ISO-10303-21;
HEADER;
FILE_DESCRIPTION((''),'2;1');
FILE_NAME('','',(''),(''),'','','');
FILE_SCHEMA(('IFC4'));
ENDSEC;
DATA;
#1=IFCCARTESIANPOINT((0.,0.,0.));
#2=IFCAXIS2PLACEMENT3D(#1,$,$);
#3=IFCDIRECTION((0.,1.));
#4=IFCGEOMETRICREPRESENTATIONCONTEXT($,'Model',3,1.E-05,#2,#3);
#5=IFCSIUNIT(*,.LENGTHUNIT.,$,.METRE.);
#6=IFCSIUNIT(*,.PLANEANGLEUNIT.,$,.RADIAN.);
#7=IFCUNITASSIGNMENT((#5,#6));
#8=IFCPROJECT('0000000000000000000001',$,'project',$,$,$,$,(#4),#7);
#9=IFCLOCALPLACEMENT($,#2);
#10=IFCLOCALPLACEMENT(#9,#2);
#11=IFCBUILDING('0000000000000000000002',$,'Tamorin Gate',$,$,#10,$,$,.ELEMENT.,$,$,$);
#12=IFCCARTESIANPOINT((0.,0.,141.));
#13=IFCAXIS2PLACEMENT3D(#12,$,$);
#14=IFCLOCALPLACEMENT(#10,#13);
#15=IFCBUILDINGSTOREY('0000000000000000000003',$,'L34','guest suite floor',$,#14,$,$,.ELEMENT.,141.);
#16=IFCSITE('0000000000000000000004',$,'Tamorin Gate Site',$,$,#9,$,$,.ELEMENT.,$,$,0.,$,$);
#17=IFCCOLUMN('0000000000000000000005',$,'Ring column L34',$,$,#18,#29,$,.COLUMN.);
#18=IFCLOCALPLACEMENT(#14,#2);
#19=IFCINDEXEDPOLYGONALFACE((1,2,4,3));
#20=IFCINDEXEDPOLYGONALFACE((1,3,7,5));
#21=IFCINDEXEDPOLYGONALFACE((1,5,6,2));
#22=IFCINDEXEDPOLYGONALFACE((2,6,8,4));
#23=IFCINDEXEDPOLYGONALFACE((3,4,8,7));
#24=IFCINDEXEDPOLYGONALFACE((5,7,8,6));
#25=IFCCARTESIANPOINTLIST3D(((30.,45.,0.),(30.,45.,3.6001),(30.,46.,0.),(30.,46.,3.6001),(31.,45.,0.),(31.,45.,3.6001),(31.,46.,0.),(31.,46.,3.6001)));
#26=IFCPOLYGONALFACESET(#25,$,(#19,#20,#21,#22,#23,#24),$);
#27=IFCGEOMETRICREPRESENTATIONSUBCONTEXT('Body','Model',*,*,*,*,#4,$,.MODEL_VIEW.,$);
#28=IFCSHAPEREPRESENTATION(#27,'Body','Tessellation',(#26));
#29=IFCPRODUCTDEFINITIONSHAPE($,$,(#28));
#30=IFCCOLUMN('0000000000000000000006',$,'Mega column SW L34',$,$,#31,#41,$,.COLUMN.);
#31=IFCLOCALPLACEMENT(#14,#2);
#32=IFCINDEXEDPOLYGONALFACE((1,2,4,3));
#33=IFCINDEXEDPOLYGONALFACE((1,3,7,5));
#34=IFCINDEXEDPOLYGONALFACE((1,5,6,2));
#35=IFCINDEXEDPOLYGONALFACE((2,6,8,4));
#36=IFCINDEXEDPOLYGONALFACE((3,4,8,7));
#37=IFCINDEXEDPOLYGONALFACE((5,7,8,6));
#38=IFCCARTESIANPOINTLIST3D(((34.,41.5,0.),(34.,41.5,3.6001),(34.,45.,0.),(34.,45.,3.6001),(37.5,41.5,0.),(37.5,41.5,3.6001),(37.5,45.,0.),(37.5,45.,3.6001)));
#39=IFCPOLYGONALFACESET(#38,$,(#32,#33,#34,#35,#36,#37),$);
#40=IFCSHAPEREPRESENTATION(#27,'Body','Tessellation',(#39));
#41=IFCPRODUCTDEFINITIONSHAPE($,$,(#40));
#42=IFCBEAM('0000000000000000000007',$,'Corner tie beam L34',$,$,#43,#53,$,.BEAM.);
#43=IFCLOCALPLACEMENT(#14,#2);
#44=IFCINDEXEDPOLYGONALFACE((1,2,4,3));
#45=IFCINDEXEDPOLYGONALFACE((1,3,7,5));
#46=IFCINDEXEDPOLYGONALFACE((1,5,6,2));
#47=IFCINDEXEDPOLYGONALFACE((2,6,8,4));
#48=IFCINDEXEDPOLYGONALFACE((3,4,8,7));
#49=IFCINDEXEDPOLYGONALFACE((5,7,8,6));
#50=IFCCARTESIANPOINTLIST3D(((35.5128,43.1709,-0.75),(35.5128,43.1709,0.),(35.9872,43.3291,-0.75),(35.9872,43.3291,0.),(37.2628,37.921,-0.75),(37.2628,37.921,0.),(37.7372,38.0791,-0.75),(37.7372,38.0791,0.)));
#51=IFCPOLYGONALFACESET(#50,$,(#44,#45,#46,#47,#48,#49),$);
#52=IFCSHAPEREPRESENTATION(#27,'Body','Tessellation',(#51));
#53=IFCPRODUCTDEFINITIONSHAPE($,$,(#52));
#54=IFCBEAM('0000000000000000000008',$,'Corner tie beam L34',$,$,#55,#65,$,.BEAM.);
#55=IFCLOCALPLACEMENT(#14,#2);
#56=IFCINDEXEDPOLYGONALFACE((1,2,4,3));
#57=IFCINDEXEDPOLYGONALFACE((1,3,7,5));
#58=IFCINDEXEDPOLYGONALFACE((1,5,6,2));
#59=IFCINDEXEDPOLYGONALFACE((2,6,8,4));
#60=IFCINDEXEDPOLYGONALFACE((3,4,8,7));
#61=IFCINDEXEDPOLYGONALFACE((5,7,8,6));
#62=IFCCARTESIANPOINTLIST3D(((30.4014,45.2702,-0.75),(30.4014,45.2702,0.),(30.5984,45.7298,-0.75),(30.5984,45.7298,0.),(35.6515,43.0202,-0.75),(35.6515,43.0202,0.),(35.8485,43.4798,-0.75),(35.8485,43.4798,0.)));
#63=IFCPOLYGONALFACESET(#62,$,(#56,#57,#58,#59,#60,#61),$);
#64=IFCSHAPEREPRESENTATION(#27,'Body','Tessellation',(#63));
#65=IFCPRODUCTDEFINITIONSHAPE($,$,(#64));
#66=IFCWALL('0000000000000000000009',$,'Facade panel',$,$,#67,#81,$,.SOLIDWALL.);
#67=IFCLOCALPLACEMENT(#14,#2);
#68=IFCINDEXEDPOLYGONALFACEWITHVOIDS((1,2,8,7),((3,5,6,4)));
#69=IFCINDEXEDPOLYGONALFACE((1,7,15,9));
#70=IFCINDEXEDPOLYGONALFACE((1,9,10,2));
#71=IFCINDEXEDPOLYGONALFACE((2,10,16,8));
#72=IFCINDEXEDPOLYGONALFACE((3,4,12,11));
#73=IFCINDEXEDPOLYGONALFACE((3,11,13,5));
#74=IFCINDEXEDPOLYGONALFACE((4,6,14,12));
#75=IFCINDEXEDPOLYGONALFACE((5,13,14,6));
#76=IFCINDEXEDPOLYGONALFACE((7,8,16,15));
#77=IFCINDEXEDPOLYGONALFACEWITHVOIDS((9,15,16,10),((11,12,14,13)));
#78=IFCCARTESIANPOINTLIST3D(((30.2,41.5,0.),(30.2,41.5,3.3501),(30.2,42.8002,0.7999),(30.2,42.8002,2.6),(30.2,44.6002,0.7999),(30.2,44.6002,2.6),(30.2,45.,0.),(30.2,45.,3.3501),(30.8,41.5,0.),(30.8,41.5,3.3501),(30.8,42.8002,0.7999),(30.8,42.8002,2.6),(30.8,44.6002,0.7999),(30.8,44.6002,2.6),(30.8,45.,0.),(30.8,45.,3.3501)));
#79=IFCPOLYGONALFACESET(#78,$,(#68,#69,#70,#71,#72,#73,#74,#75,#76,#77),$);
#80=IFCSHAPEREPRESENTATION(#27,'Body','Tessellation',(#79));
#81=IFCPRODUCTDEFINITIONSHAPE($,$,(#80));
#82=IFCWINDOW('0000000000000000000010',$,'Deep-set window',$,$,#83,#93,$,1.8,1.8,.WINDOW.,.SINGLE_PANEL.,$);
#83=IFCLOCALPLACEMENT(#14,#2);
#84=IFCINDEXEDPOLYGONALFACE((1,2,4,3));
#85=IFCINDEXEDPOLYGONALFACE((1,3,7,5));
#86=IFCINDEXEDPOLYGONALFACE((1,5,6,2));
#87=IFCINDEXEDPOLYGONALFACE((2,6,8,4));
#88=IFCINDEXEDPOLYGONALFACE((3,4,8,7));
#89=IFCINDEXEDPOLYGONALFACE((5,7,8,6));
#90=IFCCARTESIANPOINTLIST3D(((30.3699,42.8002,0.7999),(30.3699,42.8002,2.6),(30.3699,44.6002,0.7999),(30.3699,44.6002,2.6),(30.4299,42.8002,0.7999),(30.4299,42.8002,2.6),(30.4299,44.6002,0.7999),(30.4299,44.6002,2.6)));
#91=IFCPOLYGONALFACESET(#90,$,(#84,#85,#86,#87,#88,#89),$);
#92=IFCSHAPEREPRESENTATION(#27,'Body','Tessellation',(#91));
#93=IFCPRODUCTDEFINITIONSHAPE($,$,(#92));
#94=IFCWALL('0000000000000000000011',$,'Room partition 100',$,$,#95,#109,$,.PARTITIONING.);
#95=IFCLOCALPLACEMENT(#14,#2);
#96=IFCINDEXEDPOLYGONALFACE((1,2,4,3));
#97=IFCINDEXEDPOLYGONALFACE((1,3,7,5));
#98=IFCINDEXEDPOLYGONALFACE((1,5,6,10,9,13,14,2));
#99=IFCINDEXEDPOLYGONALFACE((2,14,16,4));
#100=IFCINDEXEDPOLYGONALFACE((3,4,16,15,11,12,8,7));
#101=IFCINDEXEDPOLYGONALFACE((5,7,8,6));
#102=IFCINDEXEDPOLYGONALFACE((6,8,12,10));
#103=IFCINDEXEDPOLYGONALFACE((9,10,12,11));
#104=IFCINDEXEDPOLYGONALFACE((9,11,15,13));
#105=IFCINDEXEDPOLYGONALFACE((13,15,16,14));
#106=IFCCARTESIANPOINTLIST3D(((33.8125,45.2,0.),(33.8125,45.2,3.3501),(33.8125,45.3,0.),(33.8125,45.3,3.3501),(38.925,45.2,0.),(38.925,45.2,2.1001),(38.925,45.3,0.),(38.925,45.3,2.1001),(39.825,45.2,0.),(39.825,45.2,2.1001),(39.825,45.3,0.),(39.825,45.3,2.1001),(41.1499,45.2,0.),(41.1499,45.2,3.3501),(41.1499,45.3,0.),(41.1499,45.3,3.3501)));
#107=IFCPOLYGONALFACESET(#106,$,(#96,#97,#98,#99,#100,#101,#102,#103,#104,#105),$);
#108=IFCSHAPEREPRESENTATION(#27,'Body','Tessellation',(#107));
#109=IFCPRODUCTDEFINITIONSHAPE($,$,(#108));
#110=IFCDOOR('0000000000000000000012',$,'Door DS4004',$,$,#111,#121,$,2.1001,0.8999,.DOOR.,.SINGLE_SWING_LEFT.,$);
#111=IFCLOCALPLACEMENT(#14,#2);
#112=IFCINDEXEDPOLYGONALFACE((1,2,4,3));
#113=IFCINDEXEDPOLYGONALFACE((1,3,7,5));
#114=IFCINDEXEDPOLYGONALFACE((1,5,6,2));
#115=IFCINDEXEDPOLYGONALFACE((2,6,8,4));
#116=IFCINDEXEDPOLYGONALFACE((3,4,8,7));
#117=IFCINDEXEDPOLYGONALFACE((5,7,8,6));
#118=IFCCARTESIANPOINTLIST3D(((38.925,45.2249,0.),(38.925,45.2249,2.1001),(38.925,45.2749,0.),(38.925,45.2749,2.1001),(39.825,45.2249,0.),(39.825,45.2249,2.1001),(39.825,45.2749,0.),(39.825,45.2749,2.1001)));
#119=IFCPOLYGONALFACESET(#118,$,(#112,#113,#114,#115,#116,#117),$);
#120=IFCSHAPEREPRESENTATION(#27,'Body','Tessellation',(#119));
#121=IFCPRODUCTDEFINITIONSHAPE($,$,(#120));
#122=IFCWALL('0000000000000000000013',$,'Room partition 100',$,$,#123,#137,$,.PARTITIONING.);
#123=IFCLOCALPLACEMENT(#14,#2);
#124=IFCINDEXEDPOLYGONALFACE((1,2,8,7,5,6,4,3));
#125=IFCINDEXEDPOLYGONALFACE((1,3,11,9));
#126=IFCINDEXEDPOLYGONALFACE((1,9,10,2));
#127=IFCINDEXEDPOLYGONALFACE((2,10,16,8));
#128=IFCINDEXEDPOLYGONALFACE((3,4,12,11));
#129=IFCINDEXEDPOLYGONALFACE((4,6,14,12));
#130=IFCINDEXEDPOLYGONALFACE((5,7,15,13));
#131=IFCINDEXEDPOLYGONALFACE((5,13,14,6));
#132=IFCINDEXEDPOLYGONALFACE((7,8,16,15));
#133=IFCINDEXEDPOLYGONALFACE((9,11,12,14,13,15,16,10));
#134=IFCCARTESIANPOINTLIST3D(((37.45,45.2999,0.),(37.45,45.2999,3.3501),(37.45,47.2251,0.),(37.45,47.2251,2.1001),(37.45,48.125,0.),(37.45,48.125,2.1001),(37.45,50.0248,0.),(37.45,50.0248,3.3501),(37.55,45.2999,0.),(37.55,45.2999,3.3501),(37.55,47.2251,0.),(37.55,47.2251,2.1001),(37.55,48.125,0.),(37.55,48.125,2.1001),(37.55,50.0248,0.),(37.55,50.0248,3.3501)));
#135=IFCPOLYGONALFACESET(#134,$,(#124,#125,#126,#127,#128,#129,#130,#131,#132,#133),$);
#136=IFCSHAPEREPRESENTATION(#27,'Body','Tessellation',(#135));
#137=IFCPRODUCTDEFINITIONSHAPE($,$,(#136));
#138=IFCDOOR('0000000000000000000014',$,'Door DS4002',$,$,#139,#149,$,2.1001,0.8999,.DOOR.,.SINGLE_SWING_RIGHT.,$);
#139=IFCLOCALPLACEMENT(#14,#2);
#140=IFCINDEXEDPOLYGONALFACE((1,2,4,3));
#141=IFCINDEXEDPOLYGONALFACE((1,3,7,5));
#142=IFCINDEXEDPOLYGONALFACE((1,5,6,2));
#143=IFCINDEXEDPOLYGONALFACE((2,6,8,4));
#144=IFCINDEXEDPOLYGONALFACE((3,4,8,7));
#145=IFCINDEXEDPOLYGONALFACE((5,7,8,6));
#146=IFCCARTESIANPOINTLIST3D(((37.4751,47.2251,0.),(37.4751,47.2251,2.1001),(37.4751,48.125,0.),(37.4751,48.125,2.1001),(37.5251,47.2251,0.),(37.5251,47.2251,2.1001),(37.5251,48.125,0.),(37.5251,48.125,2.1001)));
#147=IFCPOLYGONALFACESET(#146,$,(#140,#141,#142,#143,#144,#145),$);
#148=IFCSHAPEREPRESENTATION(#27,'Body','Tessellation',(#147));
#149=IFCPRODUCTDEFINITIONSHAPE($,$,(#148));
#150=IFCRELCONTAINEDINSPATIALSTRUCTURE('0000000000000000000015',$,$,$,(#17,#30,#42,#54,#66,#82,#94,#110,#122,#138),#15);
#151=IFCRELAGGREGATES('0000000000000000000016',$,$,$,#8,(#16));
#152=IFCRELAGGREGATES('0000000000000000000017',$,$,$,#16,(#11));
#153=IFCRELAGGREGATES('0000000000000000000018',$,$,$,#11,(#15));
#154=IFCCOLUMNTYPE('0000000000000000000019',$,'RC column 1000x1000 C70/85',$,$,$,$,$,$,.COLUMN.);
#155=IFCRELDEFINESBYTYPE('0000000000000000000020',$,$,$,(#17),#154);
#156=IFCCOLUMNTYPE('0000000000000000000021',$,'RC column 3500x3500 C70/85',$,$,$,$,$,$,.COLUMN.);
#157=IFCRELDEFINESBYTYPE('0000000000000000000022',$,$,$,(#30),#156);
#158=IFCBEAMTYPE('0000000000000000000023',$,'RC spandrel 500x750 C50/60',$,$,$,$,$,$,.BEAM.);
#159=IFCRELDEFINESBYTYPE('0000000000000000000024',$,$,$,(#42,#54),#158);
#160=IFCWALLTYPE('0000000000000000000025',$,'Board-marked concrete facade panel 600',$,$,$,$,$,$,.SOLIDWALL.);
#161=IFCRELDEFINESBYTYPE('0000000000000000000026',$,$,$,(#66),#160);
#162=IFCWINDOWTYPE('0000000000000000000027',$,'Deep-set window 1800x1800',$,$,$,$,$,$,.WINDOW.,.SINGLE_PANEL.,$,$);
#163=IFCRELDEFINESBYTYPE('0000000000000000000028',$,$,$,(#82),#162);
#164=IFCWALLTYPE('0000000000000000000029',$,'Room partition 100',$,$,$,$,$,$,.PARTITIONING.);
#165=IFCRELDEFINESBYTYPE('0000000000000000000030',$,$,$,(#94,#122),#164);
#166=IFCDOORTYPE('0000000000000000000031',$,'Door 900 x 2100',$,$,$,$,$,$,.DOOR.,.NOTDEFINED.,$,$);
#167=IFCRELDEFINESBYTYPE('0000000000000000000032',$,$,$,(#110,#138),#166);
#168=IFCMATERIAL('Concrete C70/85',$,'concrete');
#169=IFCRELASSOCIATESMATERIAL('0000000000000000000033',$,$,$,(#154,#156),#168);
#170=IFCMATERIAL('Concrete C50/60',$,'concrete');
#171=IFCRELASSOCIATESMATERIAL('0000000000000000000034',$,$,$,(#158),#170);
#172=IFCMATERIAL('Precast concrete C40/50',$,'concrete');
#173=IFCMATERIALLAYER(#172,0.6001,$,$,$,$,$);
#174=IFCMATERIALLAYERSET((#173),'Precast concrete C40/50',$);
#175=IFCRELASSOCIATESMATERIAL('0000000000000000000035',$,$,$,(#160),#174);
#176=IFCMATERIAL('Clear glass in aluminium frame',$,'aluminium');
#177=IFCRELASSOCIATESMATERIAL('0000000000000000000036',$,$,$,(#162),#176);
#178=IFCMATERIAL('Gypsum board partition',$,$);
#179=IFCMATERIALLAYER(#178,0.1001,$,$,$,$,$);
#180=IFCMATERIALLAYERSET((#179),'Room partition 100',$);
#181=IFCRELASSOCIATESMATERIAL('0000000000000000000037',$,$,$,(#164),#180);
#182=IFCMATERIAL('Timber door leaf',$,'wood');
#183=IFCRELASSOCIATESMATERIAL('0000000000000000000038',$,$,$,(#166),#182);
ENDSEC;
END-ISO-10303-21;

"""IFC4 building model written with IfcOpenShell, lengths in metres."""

from ifc_helpers import new_model, si_unit, direction, frame, frame_2d, origin, origin_2d, place, context, subcontext, project, spatial, rectangle, extrude, material, layer, layer_set, material_profile, profile_set, type_object, element, fill, save


model = new_model("IFC4")

# Units and contexts
model_context = context("Model", 3, precision=1e-05, world=origin(), true_north=direction((0.0, 1.0)))
body_context = subcontext(model_context, "Body", "Model", "MODEL_VIEW")
ifc_project = project(units=[si_unit("LENGTHUNIT", "METRE"), si_unit("PLANEANGLEUNIT", "RADIAN")], contexts=[model_context])

# Site, building, storey
site_placement = place(None, origin())
site = spatial("IfcSite", under=ifc_project, at=site_placement, Name="Tamorin Gate Site", CompositionType="ELEMENT", RefElevation=0.0)
building_placement = place(site_placement, origin())
building = spatial("IfcBuilding", under=site, at=building_placement, Name="Tamorin Gate", CompositionType="ELEMENT")
storey_placement = place(building_placement, frame((0.0, 0.0, 141.0)))
storey = spatial("IfcBuildingStorey", under=building, at=storey_placement, Name="L34", Description="guest suite floor", CompositionType="ELEMENT", Elevation=141.0)

# Columns
ifc_material_1 = material(Name="Concrete C70/85", Category="concrete")
ifc_material_profile_1 = material_profile(ifc_material_1, rectangle(XDim=1.0, YDim=1.0, at=origin_2d()), Name="RC 1000x1000")
ifc_profile_set_1 = profile_set([ifc_material_profile_1], Name="Concrete C70/85")
column_type_1 = type_object("IfcColumnType", Name="RC column 1000x1000 C70/85", PredefinedType="COLUMN", material=ifc_profile_set_1)
column_1_placement = place(storey_placement, frame((30.5, 45.5, 0.0), z_axis=(0.0, 0.0, 1.0), x_axis=(1.0, 0.0, 0.0)))
element("IfcColumn", 1, at=column_1_placement, inside=storey, type_object=column_type_1, Name="Ring column L34", PredefinedType="COLUMN", context=body_context, shape_type="SweptSolid", body=[
    extrude(rectangle(XDim=1.0, YDim=1.0, at=origin_2d()), origin(), (0.0, 0.0, 1.0), 3.6001),
])
ifc_material_profile_2 = material_profile(ifc_material_1, rectangle(XDim=3.5, YDim=3.5, at=origin_2d()), Name="RC 3500x3500")
ifc_profile_set_2 = profile_set([ifc_material_profile_2], Name="Concrete C70/85")
column_type_2 = type_object("IfcColumnType", Name="RC column 3500x3500 C70/85", PredefinedType="COLUMN", material=ifc_profile_set_2)
column_2_placement = place(storey_placement, frame((35.75, 43.25, 0.0), z_axis=(0.0, 0.0, 1.0), x_axis=(1.0, 0.0, 0.0)))
element("IfcColumn", 2, at=column_2_placement, inside=storey, type_object=column_type_2, Name="Mega column SW L34", PredefinedType="COLUMN", context=body_context, shape_type="SweptSolid", body=[
    extrude(rectangle(XDim=3.5, YDim=3.5, at=origin_2d()), origin(), (0.0, 0.0, 1.0), 3.6001),
])

# Beams
ifc_material_2 = material(Name="Concrete C50/60", Category="concrete")
ifc_material_profile_3 = material_profile(ifc_material_2, rectangle(XDim=0.5, YDim=0.75, at=origin_2d()), Name="RC 500x750")
ifc_profile_set_3 = profile_set([ifc_material_profile_3], Name="Concrete C50/60")
beam_type = type_object("IfcBeamType", Name="RC spandrel 500x750 C50/60", PredefinedType="BEAM", material=ifc_profile_set_3)
beam_1_placement = place(storey_placement, frame((35.75, 43.25, -0.375), z_axis=(0.316228, -0.948683, 0.0), x_axis=(0.948683, 0.316228, 0.0)))
element("IfcBeam", 3, at=beam_1_placement, inside=storey, type_object=beam_type, Name="Corner tie beam L34", PredefinedType="BEAM", context=body_context, shape_type="SweptSolid", body=[
    extrude(rectangle(XDim=0.5, YDim=0.75, at=origin_2d()), origin(), (0.0, 0.0, 1.0), 5.5339),
])
beam_2_placement = place(storey_placement, frame((35.75, 43.25, -0.375), z_axis=(-0.919145, 0.393919, 0.0), x_axis=(-0.393919, -0.919145, 0.0)))
element("IfcBeam", 4, at=beam_2_placement, inside=storey, type_object=beam_type, Name="Corner tie beam L34", PredefinedType="BEAM", context=body_context, shape_type="SweptSolid", body=[
    extrude(rectangle(XDim=0.5, YDim=0.75, at=origin_2d()), origin(), (0.0, 0.0, 1.0), 5.7119),
])

# Wall, opening, window
ifc_material_3 = material(Name="Precast concrete C40/50", Category="concrete")
ifc_layer_1 = layer(ifc_material_3, 0.6001)
ifc_layer_set_1 = layer_set([ifc_layer_1], Name="Precast concrete C40/50")
wall_type_1 = type_object("IfcWallType", Name="Board-marked concrete facade panel 600", PredefinedType="SOLIDWALL", material=ifc_layer_set_1)
wall_1_placement = place(storey_placement, frame((30.5, 45.0, 0.0), z_axis=(0.0, 0.0, 1.0), x_axis=(0.0, -1.0, 0.0)))
wall_1 = element("IfcWall", 5, at=wall_1_placement, inside=storey, type_object=wall_type_1, Name="Facade panel", PredefinedType="SOLIDWALL", context=body_context, shape_type="SweptSolid", body=[
    extrude(rectangle(XDim=3.5, YDim=0.6001, at=frame_2d((1.75, 0.0))), origin(), (0.0, 0.0, 1.0), 3.3501),
])
opening_1_placement = place(wall_1_placement, frame((0.3999, 0.0, 0.8)))
opening_1 = element("IfcOpeningElement", 6, at=opening_1_placement, cuts=wall_1, PredefinedType="OPENING", context=body_context, shape_type="SweptSolid", body=[
    extrude(rectangle(XDim=1.8, YDim=1.8, at=frame_2d((0.8999, 0.8999))), frame((0.0, 0.3101, 0.0), z_axis=(0.0, -1.0, 0.0), x_axis=(1.0, 0.0, 0.0)), (0.0, 0.0, 1.0), 0.6201),
])
ifc_material_4 = material(Name="Clear glass in aluminium frame", Category="aluminium")
window_type = type_object("IfcWindowType", Name="Deep-set window 1800x1800", PartitioningType="SINGLE_PANEL", PredefinedType="WINDOW", material=ifc_material_4)
window_placement = place(opening_1_placement, origin())
window = element("IfcWindow", 7, at=window_placement, inside=storey, type_object=window_type, Name="Deep-set window", OverallHeight=1.8, OverallWidth=1.8, PartitioningType="SINGLE_PANEL", PredefinedType="WINDOW", context=body_context, shape_type="SweptSolid", body=[
    extrude(rectangle(XDim=1.8, YDim=1.8, at=frame_2d((0.8999, 0.8999))), frame((0.0, -0.0701, 0.0), z_axis=(0.0, -1.0, 0.0), x_axis=(1.0, 0.0, 0.0)), (0.0, 0.0, 1.0), 0.0601),
])
fill(opening_1, window)

# Walls, openings, doors
ifc_material_5 = material(Name="Gypsum board partition")
ifc_layer_2 = layer(ifc_material_5, 0.1001)
ifc_layer_set_2 = layer_set([ifc_layer_2], Name="Room partition 100")
wall_type_2 = type_object("IfcWallType", Name="Room partition 100", PredefinedType="PARTITIONING", material=ifc_layer_set_2)
wall_2_placement = place(storey_placement, frame((33.8125, 45.25, 0.0), z_axis=(0.0, 0.0, 1.0), x_axis=(1.0, 0.0, 0.0)))
wall_2 = element("IfcWall", 8, at=wall_2_placement, inside=storey, type_object=wall_type_2, Name="Room partition 100", PredefinedType="PARTITIONING", context=body_context, shape_type="SweptSolid", body=[
    extrude(rectangle(XDim=7.3374, YDim=0.1001, at=frame_2d((3.6687, 0.0))), origin(), (0.0, 0.0, 1.0), 3.3501),
])
opening_2_placement = place(wall_2_placement, frame((5.1125, 0.0, 0.0)))
opening_2 = element("IfcOpeningElement", 9, at=opening_2_placement, cuts=wall_2, PredefinedType="OPENING", context=body_context, shape_type="SweptSolid", body=[
    extrude(rectangle(XDim=0.8999, YDim=2.1001, at=frame_2d((0.45, 1.05))), frame((0.0, 0.0601, 0.0), z_axis=(0.0, -1.0, 0.0), x_axis=(1.0, 0.0, 0.0)), (0.0, 0.0, 1.0), 0.1201),
])
ifc_material_6 = material(Name="Timber door leaf", Category="wood")
door_type = type_object("IfcDoorType", Name="Door 900 x 2100", OperationType="NOTDEFINED", PredefinedType="DOOR", material=ifc_material_6)
door_1_placement = place(opening_2_placement, origin())
door_1 = element("IfcDoor", 10, at=door_1_placement, inside=storey, type_object=door_type, Name="Door DS4004", OperationType="SINGLE_SWING_LEFT", OverallHeight=2.1001, OverallWidth=0.8999, PredefinedType="DOOR", context=body_context, shape_type="SweptSolid", body=[
    extrude(rectangle(XDim=0.8999, YDim=2.1001, at=frame_2d((0.45, 1.05))), frame((0.0, 0.0249, 0.0), z_axis=(0.0, -1.0, 0.0), x_axis=(1.0, 0.0, 0.0)), (0.0, 0.0, 1.0), 0.05),
])
fill(opening_2, door_1)
wall_3_placement = place(storey_placement, frame((37.5, 45.3, 0.0), z_axis=(0.0, 0.0, 1.0), x_axis=(0.0, 1.0, 0.0)))
wall_3 = element("IfcWall", 11, at=wall_3_placement, inside=storey, type_object=wall_type_2, Name="Room partition 100", PredefinedType="PARTITIONING", context=body_context, shape_type="SweptSolid", body=[
    extrude(rectangle(XDim=4.7249, YDim=0.1001, at=frame_2d((2.3623, 0.0))), origin(), (0.0, 0.0, 1.0), 3.3501),
])
opening_3_placement = place(wall_3_placement, frame((1.925, 0.0, 0.0)))
opening_3 = element("IfcOpeningElement", 12, at=opening_3_placement, cuts=wall_3, PredefinedType="OPENING", context=body_context, shape_type="SweptSolid", body=[
    extrude(rectangle(XDim=0.8999, YDim=2.1001, at=frame_2d((0.45, 1.05))), frame((0.0, 0.0601, 0.0), z_axis=(0.0, -1.0, 0.0), x_axis=(1.0, 0.0, 0.0)), (0.0, 0.0, 1.0), 0.1201),
])
door_2_placement = place(opening_3_placement, origin())
door_2 = element("IfcDoor", 13, at=door_2_placement, inside=storey, type_object=door_type, Name="Door DS4002", OperationType="SINGLE_SWING_RIGHT", OverallHeight=2.1001, OverallWidth=0.8999, PredefinedType="DOOR", context=body_context, shape_type="SweptSolid", body=[
    extrude(rectangle(XDim=0.8999, YDim=2.1001, at=frame_2d((0.45, 1.05))), frame((0.0, 0.0249, 0.0), z_axis=(0.0, -1.0, 0.0), x_axis=(1.0, 0.0, 0.0)), (0.0, 0.0, 1.0), 0.05),
])
fill(opening_3, door_2)

save(model, "model.ifc")
